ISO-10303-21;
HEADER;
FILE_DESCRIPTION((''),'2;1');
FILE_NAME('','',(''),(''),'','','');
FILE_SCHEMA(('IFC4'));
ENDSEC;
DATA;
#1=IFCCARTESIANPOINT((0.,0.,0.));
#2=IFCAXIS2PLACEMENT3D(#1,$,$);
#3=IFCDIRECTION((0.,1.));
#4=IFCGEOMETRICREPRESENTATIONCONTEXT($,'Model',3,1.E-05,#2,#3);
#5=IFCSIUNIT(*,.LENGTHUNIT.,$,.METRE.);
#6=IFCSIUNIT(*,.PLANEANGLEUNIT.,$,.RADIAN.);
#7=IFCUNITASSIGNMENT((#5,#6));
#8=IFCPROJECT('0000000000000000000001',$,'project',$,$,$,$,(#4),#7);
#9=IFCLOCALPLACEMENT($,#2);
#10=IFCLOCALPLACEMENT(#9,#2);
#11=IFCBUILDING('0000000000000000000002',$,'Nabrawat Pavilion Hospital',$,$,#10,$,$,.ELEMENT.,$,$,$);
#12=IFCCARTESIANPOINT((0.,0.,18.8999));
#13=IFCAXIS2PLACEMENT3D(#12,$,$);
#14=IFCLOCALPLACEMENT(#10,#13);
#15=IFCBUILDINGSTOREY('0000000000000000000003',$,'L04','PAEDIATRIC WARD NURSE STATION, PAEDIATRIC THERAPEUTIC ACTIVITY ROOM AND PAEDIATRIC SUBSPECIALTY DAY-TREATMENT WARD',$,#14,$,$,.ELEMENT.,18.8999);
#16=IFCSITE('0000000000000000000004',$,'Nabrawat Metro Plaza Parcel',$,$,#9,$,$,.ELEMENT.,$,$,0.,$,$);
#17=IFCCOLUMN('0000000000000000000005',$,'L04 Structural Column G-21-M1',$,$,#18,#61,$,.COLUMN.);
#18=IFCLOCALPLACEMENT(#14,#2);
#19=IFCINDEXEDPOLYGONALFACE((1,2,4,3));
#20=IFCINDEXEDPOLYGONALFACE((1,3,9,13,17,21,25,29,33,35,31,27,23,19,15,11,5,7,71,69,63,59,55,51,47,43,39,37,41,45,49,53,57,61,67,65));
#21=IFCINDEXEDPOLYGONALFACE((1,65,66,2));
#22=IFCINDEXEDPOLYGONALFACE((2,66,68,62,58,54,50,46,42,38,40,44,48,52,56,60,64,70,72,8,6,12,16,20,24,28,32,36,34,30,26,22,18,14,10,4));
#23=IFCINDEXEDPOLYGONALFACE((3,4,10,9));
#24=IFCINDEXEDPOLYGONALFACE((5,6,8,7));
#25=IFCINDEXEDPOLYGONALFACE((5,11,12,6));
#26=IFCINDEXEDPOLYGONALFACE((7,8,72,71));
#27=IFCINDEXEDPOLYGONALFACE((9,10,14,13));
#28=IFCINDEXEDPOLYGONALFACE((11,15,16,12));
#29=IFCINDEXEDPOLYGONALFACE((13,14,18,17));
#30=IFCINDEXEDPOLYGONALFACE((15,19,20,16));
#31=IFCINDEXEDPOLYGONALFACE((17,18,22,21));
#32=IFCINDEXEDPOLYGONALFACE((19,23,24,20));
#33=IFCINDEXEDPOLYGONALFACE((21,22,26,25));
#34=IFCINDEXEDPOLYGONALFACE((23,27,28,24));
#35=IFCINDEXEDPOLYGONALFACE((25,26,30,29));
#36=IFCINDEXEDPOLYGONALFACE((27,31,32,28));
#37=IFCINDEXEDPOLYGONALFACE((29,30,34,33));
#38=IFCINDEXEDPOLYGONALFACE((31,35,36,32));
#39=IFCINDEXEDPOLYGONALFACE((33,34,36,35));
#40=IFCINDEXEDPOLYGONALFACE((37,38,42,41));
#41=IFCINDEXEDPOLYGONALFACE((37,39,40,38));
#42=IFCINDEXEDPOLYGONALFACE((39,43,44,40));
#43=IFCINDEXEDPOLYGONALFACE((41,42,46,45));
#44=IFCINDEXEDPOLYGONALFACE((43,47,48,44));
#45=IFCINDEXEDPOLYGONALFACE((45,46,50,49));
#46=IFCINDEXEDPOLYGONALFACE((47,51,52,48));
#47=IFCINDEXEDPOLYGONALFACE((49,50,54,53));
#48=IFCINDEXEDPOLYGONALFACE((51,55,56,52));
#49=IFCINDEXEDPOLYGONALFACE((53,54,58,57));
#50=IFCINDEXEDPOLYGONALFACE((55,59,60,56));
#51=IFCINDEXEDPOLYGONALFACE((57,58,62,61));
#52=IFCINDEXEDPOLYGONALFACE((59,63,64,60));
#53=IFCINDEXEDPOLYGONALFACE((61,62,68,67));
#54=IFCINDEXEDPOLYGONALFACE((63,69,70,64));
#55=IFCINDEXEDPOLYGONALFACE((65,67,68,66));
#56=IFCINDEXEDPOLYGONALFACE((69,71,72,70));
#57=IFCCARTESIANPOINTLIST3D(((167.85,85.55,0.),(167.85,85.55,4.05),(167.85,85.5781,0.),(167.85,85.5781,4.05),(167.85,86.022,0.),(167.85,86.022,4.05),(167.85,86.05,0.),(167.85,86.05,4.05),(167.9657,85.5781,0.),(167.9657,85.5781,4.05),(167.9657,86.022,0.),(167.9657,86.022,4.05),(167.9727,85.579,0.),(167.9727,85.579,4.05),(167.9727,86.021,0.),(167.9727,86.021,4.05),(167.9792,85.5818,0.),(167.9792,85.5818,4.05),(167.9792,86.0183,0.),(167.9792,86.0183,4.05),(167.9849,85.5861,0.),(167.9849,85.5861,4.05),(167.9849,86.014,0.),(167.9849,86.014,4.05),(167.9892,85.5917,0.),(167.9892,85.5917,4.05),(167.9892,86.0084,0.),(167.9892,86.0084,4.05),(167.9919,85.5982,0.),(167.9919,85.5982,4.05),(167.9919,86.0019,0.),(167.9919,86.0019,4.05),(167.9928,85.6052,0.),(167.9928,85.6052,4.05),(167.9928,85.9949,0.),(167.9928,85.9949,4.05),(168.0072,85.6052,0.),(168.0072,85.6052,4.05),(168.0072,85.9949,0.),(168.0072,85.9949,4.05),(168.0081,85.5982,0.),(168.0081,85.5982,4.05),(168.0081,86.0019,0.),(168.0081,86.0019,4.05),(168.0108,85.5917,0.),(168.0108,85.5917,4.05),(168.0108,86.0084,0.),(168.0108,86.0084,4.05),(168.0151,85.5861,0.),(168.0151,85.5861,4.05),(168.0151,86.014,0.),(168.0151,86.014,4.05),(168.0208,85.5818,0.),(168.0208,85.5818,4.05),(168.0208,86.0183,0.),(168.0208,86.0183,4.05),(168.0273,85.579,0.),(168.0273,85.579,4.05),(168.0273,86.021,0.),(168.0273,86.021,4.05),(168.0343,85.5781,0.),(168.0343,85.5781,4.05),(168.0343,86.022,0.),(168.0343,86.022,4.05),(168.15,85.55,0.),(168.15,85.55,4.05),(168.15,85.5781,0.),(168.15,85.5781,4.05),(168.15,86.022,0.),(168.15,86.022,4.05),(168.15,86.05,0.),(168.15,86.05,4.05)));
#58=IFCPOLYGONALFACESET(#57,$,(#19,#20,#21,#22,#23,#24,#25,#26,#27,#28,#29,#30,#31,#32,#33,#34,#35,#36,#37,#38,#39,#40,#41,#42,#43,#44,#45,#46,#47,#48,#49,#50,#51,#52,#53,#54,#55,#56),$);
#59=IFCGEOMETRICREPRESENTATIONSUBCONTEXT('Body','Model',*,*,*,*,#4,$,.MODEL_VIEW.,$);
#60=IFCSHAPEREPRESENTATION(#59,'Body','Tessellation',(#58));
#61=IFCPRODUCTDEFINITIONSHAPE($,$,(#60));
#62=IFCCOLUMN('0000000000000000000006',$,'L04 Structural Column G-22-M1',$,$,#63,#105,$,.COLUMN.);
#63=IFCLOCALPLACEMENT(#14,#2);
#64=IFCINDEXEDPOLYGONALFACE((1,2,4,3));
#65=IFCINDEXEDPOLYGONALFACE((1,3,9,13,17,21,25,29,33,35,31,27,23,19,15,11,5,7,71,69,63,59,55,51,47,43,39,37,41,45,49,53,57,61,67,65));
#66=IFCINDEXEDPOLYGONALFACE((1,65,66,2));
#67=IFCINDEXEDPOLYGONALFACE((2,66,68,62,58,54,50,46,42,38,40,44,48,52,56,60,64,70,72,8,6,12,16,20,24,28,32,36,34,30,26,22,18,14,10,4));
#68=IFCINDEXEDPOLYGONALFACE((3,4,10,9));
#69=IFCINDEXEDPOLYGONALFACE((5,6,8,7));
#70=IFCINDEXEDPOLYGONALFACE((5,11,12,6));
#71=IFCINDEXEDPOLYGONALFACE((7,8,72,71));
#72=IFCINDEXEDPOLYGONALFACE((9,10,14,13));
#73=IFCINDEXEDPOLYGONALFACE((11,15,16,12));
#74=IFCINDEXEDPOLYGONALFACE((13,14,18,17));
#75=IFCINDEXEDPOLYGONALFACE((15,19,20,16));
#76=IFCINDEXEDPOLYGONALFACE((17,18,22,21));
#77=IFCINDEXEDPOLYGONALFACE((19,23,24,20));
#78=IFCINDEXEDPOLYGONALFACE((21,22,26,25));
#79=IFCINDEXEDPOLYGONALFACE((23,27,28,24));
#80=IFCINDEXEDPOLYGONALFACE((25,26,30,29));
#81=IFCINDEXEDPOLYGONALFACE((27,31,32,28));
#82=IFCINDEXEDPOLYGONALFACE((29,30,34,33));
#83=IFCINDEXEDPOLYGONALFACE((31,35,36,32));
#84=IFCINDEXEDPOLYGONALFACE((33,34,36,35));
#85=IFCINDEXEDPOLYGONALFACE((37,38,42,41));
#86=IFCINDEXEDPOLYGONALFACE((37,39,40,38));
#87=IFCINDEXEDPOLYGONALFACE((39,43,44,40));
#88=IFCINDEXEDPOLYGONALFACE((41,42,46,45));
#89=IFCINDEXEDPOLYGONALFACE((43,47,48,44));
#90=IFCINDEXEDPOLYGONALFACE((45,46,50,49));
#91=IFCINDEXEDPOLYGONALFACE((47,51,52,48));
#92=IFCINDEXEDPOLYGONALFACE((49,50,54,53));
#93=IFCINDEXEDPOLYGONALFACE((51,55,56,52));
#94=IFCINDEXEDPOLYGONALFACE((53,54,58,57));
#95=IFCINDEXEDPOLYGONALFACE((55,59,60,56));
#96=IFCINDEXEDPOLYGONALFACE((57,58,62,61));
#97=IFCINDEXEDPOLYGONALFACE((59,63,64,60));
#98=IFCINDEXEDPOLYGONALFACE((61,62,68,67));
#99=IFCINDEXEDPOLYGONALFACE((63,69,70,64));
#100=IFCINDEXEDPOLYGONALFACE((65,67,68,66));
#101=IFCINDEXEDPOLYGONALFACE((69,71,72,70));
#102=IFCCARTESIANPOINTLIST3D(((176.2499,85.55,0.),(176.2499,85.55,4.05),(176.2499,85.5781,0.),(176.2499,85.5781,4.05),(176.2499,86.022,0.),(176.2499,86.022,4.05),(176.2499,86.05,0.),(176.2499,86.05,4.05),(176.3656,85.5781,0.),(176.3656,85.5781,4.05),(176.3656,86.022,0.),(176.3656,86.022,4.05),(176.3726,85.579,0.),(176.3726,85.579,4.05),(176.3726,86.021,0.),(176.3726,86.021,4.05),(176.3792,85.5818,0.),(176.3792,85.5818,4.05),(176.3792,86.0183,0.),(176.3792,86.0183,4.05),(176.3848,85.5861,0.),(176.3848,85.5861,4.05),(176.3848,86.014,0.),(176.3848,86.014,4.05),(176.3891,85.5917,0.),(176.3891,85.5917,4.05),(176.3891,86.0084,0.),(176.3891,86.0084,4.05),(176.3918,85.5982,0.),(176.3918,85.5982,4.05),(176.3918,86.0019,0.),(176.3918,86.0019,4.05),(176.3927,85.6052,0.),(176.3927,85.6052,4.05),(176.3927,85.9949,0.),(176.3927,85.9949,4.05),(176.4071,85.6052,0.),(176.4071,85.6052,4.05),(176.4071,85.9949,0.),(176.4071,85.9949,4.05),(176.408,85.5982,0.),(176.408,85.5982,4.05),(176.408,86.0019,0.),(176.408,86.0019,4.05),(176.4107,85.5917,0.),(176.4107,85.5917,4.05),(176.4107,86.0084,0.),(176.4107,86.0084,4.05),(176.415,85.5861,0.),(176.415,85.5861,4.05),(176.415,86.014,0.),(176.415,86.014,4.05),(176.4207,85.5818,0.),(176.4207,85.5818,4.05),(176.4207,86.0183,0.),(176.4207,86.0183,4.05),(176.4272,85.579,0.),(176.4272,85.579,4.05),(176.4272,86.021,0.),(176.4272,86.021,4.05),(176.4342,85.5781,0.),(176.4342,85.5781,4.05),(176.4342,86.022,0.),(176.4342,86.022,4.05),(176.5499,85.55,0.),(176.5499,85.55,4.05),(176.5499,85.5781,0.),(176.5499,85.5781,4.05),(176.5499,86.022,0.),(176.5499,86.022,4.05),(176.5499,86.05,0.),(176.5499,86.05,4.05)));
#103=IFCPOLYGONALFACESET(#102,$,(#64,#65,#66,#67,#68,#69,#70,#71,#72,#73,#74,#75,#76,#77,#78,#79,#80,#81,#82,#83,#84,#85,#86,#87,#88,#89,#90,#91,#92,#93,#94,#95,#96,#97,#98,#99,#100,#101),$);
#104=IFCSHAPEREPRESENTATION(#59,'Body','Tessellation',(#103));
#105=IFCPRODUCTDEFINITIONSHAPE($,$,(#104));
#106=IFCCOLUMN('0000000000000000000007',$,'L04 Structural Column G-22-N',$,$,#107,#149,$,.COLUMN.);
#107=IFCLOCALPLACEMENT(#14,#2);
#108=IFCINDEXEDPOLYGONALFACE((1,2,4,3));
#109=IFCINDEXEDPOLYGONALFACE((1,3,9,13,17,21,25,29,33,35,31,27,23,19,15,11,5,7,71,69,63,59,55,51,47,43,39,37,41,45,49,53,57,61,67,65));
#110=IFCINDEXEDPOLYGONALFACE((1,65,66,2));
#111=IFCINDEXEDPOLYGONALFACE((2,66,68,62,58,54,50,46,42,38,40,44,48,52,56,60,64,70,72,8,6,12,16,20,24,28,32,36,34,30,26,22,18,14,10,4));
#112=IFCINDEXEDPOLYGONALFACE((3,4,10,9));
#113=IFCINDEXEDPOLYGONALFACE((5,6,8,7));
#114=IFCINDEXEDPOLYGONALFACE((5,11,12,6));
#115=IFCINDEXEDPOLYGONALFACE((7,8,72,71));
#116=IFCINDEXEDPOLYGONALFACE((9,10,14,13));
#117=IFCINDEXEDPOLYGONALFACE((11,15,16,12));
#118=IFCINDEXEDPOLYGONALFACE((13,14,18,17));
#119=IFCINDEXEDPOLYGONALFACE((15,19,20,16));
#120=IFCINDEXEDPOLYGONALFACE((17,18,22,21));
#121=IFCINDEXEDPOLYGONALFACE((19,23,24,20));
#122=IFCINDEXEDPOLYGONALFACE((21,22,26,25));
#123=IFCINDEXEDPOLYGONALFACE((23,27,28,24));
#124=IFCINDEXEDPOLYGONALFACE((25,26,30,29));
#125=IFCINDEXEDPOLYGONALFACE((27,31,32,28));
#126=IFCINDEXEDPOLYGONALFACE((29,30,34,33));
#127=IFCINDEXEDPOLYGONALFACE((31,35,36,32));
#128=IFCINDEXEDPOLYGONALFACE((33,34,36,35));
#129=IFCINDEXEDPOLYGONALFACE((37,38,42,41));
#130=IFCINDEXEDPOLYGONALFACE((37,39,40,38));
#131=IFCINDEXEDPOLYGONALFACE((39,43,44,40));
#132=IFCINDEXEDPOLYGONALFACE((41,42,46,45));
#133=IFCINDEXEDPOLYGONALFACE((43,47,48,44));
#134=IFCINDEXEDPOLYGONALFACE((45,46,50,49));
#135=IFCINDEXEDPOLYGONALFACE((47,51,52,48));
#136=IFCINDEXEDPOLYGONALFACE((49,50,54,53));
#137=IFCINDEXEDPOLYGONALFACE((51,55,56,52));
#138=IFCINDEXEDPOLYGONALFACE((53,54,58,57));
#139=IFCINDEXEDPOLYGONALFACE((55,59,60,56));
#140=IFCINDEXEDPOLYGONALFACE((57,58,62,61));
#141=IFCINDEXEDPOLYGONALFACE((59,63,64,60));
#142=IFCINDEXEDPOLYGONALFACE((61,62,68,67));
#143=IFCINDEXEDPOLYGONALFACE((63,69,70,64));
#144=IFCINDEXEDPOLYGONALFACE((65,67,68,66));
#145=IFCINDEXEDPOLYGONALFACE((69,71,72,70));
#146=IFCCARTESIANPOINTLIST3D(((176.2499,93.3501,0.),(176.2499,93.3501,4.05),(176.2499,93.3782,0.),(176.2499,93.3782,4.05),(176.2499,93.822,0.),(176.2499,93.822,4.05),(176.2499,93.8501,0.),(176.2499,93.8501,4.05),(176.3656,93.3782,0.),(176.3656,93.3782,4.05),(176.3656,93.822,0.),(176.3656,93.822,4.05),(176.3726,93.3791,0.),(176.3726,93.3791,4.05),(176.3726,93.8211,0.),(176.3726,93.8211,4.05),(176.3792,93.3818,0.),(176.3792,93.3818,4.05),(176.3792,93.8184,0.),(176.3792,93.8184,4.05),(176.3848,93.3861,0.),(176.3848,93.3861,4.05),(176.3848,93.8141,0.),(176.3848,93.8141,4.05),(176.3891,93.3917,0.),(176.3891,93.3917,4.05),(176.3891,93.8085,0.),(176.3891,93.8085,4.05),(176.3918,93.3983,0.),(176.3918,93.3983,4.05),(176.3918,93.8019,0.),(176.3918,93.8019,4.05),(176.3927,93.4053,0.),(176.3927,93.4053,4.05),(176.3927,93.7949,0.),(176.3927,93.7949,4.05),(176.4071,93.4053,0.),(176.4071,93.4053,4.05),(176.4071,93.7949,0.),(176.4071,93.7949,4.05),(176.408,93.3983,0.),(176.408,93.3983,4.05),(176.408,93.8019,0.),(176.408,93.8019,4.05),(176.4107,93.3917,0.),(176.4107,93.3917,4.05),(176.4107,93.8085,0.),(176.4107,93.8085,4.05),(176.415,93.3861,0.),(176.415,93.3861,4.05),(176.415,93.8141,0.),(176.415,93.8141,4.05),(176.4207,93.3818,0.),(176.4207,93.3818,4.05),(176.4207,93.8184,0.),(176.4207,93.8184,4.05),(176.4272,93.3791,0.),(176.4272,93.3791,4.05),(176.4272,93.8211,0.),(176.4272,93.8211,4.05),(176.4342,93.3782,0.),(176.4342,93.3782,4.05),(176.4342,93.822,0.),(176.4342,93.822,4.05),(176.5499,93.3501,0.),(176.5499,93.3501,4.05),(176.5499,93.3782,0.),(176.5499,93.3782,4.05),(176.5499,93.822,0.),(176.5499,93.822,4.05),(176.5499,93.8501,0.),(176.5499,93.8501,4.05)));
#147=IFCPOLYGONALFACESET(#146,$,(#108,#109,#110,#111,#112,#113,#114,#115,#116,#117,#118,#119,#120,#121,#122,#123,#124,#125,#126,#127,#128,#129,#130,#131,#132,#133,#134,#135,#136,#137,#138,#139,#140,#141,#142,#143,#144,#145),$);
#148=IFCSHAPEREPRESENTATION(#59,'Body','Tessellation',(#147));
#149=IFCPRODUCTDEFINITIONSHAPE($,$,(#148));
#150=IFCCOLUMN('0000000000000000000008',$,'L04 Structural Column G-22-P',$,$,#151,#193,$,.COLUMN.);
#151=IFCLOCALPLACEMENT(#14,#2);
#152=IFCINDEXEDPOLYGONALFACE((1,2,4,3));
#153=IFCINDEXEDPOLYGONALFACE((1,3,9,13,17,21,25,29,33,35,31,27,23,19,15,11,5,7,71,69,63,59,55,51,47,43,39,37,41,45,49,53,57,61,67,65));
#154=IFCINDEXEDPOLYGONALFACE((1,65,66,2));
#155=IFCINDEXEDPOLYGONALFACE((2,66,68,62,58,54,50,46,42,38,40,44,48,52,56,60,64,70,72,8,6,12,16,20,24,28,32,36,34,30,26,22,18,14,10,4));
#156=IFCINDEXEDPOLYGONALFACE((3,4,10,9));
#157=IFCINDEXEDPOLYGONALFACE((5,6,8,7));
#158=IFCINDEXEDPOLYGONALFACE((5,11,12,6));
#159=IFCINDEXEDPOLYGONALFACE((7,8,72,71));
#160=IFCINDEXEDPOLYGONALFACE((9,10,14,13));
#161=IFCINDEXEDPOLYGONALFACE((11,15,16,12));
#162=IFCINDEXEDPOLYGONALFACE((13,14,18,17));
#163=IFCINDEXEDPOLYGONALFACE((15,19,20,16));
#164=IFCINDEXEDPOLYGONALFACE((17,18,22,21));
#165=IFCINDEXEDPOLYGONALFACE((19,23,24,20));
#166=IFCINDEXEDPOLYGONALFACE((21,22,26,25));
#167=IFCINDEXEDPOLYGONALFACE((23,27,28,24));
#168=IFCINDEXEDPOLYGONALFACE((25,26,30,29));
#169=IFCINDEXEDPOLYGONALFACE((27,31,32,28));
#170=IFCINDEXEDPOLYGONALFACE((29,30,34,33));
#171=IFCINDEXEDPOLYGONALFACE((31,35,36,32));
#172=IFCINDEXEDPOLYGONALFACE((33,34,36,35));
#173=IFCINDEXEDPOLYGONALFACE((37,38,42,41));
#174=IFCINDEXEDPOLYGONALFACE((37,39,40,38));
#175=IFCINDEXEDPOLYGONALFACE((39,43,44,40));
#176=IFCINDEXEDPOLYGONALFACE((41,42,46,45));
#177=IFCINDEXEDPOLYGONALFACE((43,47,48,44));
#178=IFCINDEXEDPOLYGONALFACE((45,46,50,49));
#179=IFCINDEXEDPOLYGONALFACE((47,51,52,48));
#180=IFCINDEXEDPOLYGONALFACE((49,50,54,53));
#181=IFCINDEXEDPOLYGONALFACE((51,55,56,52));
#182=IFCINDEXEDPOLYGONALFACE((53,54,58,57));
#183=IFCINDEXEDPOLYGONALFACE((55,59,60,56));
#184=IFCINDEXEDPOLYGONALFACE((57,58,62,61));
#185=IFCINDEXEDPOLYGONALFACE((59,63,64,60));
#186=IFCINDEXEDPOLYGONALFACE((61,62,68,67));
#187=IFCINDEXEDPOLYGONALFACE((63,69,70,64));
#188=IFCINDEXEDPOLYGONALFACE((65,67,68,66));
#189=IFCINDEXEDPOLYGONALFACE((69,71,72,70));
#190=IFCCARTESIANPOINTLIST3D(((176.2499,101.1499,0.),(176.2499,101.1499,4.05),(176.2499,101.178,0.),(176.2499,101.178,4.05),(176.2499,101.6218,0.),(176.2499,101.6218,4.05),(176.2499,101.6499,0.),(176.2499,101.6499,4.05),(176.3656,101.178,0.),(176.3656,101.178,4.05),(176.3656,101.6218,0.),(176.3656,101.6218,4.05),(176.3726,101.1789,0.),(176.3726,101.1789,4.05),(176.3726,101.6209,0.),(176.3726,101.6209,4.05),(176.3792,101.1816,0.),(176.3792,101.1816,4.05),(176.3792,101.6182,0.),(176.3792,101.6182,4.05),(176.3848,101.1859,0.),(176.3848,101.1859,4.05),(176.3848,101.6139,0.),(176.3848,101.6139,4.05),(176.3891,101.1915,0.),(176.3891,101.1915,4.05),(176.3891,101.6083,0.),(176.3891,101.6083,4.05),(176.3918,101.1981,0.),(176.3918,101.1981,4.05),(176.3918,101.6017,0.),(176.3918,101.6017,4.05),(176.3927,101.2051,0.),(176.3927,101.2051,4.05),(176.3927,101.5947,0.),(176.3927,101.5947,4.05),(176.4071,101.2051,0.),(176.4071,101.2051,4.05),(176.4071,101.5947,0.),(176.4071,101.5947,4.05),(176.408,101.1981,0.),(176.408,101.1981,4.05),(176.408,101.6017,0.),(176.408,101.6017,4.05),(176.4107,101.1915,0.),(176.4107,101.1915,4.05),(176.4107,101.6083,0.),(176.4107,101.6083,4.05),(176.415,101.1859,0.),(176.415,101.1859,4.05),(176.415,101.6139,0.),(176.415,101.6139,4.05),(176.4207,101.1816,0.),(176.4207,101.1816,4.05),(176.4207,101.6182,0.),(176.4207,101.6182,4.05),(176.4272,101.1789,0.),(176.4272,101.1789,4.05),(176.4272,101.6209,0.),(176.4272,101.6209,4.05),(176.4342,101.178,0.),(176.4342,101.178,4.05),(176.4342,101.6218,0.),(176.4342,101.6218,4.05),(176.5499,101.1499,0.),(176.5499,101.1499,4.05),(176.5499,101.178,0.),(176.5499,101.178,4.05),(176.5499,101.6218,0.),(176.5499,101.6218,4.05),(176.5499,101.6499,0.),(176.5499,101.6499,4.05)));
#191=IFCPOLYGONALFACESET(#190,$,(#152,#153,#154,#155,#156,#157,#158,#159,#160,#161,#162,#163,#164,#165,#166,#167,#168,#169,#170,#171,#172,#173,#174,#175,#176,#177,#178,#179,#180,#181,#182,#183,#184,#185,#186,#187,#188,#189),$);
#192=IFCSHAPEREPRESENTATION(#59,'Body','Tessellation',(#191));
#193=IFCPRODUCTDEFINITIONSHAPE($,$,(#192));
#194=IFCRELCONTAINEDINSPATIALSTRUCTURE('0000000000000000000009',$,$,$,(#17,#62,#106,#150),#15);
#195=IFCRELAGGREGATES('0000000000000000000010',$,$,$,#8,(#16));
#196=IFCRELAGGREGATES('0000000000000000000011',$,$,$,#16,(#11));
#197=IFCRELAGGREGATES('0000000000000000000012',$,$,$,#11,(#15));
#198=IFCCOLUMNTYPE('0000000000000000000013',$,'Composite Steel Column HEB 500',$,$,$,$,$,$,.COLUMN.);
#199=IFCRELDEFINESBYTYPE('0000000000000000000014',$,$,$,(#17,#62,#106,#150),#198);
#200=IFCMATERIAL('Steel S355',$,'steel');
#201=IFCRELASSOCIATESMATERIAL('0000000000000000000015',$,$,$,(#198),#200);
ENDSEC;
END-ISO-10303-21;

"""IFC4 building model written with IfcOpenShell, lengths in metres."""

from ifc_helpers import new_model, si_unit, direction, frame, origin, origin_2d, place, context, subcontext, project, spatial, i_section, extrude, material, material_profile, profile_set, type_object, element, save


model = new_model("IFC4")

# Units and contexts
model_context = context("Model", 3, precision=1e-05, world=origin(), true_north=direction((0.0, 1.0)))
body_context = subcontext(model_context, "Body", "Model", "MODEL_VIEW")
ifc_project = project(units=[si_unit("LENGTHUNIT", "METRE"), si_unit("PLANEANGLEUNIT", "RADIAN")], contexts=[model_context])

# Site, building, storey
site_placement = place(None, origin())
site = spatial("IfcSite", under=ifc_project, at=site_placement, Name="Nabrawat Metro Plaza Parcel", CompositionType="ELEMENT", RefElevation=0.0)
building_placement = place(site_placement, origin())
building = spatial("IfcBuilding", under=site, at=building_placement, Name="Nabrawat Pavilion Hospital", CompositionType="ELEMENT")
storey_placement = place(building_placement, frame((0.0, 0.0, 18.8999)))
storey = spatial("IfcBuildingStorey", under=building, at=storey_placement, Name="L04", Description="PAEDIATRIC WARD NURSE STATION, PAEDIATRIC THERAPEUTIC ACTIVITY ROOM AND PAEDIATRIC SUBSPECIALTY DAY-TREATMENT WARD", CompositionType="ELEMENT", Elevation=18.8999)

# Columns
ifc_material_1 = material(Name="Steel S355", Category="steel")
ifc_material_profile_1 = material_profile(ifc_material_1, i_section(OverallWidth=0.3, OverallDepth=0.5, WebThickness=0.0144, FlangeThickness=0.0281, FilletRadius=0.0271, at=origin_2d()), Name="HEB 500")
ifc_profile_set_1 = profile_set([ifc_material_profile_1], Name="Steel S355")
column_type = type_object("IfcColumnType", Name="Composite Steel Column HEB 500", PredefinedType="COLUMN", material=ifc_profile_set_1)
for number, where, z_axis, x_axis, name in (
    (1, (168.0, 85.8, 0.0), (0.0, 0.0, 1.0), (1.0, 0.0, 0.0), "L04 Structural Column G-21-M1"),
    (2, (176.3999, 85.8, 0.0), (0.0, 0.0, 1.0), (1.0, 0.0, 0.0), "L04 Structural Column G-22-M1"),
    (3, (176.3999, 93.6001, 0.0), (0.0, 0.0, 1.0), (1.0, 0.0, 0.0), "L04 Structural Column G-22-N"),
    (4, (176.3999, 101.3999, 0.0), (0.0, 0.0, 1.0), (1.0, 0.0, 0.0), "L04 Structural Column G-22-P"),
):
    element("IfcColumn", number, at=place(storey_placement, frame(where, z_axis=z_axis, x_axis=x_axis)), inside=storey, type_object=column_type, Name=name, PredefinedType="COLUMN", context=body_context, shape_type="SweptSolid", body=[
        extrude(i_section(OverallWidth=0.3, OverallDepth=0.5, WebThickness=0.0144, FlangeThickness=0.0281, FilletRadius=0.0271, at=origin_2d()), origin(), (0.0, 0.0, 1.0), 4.05),
    ])

save(model, "model.ifc")
